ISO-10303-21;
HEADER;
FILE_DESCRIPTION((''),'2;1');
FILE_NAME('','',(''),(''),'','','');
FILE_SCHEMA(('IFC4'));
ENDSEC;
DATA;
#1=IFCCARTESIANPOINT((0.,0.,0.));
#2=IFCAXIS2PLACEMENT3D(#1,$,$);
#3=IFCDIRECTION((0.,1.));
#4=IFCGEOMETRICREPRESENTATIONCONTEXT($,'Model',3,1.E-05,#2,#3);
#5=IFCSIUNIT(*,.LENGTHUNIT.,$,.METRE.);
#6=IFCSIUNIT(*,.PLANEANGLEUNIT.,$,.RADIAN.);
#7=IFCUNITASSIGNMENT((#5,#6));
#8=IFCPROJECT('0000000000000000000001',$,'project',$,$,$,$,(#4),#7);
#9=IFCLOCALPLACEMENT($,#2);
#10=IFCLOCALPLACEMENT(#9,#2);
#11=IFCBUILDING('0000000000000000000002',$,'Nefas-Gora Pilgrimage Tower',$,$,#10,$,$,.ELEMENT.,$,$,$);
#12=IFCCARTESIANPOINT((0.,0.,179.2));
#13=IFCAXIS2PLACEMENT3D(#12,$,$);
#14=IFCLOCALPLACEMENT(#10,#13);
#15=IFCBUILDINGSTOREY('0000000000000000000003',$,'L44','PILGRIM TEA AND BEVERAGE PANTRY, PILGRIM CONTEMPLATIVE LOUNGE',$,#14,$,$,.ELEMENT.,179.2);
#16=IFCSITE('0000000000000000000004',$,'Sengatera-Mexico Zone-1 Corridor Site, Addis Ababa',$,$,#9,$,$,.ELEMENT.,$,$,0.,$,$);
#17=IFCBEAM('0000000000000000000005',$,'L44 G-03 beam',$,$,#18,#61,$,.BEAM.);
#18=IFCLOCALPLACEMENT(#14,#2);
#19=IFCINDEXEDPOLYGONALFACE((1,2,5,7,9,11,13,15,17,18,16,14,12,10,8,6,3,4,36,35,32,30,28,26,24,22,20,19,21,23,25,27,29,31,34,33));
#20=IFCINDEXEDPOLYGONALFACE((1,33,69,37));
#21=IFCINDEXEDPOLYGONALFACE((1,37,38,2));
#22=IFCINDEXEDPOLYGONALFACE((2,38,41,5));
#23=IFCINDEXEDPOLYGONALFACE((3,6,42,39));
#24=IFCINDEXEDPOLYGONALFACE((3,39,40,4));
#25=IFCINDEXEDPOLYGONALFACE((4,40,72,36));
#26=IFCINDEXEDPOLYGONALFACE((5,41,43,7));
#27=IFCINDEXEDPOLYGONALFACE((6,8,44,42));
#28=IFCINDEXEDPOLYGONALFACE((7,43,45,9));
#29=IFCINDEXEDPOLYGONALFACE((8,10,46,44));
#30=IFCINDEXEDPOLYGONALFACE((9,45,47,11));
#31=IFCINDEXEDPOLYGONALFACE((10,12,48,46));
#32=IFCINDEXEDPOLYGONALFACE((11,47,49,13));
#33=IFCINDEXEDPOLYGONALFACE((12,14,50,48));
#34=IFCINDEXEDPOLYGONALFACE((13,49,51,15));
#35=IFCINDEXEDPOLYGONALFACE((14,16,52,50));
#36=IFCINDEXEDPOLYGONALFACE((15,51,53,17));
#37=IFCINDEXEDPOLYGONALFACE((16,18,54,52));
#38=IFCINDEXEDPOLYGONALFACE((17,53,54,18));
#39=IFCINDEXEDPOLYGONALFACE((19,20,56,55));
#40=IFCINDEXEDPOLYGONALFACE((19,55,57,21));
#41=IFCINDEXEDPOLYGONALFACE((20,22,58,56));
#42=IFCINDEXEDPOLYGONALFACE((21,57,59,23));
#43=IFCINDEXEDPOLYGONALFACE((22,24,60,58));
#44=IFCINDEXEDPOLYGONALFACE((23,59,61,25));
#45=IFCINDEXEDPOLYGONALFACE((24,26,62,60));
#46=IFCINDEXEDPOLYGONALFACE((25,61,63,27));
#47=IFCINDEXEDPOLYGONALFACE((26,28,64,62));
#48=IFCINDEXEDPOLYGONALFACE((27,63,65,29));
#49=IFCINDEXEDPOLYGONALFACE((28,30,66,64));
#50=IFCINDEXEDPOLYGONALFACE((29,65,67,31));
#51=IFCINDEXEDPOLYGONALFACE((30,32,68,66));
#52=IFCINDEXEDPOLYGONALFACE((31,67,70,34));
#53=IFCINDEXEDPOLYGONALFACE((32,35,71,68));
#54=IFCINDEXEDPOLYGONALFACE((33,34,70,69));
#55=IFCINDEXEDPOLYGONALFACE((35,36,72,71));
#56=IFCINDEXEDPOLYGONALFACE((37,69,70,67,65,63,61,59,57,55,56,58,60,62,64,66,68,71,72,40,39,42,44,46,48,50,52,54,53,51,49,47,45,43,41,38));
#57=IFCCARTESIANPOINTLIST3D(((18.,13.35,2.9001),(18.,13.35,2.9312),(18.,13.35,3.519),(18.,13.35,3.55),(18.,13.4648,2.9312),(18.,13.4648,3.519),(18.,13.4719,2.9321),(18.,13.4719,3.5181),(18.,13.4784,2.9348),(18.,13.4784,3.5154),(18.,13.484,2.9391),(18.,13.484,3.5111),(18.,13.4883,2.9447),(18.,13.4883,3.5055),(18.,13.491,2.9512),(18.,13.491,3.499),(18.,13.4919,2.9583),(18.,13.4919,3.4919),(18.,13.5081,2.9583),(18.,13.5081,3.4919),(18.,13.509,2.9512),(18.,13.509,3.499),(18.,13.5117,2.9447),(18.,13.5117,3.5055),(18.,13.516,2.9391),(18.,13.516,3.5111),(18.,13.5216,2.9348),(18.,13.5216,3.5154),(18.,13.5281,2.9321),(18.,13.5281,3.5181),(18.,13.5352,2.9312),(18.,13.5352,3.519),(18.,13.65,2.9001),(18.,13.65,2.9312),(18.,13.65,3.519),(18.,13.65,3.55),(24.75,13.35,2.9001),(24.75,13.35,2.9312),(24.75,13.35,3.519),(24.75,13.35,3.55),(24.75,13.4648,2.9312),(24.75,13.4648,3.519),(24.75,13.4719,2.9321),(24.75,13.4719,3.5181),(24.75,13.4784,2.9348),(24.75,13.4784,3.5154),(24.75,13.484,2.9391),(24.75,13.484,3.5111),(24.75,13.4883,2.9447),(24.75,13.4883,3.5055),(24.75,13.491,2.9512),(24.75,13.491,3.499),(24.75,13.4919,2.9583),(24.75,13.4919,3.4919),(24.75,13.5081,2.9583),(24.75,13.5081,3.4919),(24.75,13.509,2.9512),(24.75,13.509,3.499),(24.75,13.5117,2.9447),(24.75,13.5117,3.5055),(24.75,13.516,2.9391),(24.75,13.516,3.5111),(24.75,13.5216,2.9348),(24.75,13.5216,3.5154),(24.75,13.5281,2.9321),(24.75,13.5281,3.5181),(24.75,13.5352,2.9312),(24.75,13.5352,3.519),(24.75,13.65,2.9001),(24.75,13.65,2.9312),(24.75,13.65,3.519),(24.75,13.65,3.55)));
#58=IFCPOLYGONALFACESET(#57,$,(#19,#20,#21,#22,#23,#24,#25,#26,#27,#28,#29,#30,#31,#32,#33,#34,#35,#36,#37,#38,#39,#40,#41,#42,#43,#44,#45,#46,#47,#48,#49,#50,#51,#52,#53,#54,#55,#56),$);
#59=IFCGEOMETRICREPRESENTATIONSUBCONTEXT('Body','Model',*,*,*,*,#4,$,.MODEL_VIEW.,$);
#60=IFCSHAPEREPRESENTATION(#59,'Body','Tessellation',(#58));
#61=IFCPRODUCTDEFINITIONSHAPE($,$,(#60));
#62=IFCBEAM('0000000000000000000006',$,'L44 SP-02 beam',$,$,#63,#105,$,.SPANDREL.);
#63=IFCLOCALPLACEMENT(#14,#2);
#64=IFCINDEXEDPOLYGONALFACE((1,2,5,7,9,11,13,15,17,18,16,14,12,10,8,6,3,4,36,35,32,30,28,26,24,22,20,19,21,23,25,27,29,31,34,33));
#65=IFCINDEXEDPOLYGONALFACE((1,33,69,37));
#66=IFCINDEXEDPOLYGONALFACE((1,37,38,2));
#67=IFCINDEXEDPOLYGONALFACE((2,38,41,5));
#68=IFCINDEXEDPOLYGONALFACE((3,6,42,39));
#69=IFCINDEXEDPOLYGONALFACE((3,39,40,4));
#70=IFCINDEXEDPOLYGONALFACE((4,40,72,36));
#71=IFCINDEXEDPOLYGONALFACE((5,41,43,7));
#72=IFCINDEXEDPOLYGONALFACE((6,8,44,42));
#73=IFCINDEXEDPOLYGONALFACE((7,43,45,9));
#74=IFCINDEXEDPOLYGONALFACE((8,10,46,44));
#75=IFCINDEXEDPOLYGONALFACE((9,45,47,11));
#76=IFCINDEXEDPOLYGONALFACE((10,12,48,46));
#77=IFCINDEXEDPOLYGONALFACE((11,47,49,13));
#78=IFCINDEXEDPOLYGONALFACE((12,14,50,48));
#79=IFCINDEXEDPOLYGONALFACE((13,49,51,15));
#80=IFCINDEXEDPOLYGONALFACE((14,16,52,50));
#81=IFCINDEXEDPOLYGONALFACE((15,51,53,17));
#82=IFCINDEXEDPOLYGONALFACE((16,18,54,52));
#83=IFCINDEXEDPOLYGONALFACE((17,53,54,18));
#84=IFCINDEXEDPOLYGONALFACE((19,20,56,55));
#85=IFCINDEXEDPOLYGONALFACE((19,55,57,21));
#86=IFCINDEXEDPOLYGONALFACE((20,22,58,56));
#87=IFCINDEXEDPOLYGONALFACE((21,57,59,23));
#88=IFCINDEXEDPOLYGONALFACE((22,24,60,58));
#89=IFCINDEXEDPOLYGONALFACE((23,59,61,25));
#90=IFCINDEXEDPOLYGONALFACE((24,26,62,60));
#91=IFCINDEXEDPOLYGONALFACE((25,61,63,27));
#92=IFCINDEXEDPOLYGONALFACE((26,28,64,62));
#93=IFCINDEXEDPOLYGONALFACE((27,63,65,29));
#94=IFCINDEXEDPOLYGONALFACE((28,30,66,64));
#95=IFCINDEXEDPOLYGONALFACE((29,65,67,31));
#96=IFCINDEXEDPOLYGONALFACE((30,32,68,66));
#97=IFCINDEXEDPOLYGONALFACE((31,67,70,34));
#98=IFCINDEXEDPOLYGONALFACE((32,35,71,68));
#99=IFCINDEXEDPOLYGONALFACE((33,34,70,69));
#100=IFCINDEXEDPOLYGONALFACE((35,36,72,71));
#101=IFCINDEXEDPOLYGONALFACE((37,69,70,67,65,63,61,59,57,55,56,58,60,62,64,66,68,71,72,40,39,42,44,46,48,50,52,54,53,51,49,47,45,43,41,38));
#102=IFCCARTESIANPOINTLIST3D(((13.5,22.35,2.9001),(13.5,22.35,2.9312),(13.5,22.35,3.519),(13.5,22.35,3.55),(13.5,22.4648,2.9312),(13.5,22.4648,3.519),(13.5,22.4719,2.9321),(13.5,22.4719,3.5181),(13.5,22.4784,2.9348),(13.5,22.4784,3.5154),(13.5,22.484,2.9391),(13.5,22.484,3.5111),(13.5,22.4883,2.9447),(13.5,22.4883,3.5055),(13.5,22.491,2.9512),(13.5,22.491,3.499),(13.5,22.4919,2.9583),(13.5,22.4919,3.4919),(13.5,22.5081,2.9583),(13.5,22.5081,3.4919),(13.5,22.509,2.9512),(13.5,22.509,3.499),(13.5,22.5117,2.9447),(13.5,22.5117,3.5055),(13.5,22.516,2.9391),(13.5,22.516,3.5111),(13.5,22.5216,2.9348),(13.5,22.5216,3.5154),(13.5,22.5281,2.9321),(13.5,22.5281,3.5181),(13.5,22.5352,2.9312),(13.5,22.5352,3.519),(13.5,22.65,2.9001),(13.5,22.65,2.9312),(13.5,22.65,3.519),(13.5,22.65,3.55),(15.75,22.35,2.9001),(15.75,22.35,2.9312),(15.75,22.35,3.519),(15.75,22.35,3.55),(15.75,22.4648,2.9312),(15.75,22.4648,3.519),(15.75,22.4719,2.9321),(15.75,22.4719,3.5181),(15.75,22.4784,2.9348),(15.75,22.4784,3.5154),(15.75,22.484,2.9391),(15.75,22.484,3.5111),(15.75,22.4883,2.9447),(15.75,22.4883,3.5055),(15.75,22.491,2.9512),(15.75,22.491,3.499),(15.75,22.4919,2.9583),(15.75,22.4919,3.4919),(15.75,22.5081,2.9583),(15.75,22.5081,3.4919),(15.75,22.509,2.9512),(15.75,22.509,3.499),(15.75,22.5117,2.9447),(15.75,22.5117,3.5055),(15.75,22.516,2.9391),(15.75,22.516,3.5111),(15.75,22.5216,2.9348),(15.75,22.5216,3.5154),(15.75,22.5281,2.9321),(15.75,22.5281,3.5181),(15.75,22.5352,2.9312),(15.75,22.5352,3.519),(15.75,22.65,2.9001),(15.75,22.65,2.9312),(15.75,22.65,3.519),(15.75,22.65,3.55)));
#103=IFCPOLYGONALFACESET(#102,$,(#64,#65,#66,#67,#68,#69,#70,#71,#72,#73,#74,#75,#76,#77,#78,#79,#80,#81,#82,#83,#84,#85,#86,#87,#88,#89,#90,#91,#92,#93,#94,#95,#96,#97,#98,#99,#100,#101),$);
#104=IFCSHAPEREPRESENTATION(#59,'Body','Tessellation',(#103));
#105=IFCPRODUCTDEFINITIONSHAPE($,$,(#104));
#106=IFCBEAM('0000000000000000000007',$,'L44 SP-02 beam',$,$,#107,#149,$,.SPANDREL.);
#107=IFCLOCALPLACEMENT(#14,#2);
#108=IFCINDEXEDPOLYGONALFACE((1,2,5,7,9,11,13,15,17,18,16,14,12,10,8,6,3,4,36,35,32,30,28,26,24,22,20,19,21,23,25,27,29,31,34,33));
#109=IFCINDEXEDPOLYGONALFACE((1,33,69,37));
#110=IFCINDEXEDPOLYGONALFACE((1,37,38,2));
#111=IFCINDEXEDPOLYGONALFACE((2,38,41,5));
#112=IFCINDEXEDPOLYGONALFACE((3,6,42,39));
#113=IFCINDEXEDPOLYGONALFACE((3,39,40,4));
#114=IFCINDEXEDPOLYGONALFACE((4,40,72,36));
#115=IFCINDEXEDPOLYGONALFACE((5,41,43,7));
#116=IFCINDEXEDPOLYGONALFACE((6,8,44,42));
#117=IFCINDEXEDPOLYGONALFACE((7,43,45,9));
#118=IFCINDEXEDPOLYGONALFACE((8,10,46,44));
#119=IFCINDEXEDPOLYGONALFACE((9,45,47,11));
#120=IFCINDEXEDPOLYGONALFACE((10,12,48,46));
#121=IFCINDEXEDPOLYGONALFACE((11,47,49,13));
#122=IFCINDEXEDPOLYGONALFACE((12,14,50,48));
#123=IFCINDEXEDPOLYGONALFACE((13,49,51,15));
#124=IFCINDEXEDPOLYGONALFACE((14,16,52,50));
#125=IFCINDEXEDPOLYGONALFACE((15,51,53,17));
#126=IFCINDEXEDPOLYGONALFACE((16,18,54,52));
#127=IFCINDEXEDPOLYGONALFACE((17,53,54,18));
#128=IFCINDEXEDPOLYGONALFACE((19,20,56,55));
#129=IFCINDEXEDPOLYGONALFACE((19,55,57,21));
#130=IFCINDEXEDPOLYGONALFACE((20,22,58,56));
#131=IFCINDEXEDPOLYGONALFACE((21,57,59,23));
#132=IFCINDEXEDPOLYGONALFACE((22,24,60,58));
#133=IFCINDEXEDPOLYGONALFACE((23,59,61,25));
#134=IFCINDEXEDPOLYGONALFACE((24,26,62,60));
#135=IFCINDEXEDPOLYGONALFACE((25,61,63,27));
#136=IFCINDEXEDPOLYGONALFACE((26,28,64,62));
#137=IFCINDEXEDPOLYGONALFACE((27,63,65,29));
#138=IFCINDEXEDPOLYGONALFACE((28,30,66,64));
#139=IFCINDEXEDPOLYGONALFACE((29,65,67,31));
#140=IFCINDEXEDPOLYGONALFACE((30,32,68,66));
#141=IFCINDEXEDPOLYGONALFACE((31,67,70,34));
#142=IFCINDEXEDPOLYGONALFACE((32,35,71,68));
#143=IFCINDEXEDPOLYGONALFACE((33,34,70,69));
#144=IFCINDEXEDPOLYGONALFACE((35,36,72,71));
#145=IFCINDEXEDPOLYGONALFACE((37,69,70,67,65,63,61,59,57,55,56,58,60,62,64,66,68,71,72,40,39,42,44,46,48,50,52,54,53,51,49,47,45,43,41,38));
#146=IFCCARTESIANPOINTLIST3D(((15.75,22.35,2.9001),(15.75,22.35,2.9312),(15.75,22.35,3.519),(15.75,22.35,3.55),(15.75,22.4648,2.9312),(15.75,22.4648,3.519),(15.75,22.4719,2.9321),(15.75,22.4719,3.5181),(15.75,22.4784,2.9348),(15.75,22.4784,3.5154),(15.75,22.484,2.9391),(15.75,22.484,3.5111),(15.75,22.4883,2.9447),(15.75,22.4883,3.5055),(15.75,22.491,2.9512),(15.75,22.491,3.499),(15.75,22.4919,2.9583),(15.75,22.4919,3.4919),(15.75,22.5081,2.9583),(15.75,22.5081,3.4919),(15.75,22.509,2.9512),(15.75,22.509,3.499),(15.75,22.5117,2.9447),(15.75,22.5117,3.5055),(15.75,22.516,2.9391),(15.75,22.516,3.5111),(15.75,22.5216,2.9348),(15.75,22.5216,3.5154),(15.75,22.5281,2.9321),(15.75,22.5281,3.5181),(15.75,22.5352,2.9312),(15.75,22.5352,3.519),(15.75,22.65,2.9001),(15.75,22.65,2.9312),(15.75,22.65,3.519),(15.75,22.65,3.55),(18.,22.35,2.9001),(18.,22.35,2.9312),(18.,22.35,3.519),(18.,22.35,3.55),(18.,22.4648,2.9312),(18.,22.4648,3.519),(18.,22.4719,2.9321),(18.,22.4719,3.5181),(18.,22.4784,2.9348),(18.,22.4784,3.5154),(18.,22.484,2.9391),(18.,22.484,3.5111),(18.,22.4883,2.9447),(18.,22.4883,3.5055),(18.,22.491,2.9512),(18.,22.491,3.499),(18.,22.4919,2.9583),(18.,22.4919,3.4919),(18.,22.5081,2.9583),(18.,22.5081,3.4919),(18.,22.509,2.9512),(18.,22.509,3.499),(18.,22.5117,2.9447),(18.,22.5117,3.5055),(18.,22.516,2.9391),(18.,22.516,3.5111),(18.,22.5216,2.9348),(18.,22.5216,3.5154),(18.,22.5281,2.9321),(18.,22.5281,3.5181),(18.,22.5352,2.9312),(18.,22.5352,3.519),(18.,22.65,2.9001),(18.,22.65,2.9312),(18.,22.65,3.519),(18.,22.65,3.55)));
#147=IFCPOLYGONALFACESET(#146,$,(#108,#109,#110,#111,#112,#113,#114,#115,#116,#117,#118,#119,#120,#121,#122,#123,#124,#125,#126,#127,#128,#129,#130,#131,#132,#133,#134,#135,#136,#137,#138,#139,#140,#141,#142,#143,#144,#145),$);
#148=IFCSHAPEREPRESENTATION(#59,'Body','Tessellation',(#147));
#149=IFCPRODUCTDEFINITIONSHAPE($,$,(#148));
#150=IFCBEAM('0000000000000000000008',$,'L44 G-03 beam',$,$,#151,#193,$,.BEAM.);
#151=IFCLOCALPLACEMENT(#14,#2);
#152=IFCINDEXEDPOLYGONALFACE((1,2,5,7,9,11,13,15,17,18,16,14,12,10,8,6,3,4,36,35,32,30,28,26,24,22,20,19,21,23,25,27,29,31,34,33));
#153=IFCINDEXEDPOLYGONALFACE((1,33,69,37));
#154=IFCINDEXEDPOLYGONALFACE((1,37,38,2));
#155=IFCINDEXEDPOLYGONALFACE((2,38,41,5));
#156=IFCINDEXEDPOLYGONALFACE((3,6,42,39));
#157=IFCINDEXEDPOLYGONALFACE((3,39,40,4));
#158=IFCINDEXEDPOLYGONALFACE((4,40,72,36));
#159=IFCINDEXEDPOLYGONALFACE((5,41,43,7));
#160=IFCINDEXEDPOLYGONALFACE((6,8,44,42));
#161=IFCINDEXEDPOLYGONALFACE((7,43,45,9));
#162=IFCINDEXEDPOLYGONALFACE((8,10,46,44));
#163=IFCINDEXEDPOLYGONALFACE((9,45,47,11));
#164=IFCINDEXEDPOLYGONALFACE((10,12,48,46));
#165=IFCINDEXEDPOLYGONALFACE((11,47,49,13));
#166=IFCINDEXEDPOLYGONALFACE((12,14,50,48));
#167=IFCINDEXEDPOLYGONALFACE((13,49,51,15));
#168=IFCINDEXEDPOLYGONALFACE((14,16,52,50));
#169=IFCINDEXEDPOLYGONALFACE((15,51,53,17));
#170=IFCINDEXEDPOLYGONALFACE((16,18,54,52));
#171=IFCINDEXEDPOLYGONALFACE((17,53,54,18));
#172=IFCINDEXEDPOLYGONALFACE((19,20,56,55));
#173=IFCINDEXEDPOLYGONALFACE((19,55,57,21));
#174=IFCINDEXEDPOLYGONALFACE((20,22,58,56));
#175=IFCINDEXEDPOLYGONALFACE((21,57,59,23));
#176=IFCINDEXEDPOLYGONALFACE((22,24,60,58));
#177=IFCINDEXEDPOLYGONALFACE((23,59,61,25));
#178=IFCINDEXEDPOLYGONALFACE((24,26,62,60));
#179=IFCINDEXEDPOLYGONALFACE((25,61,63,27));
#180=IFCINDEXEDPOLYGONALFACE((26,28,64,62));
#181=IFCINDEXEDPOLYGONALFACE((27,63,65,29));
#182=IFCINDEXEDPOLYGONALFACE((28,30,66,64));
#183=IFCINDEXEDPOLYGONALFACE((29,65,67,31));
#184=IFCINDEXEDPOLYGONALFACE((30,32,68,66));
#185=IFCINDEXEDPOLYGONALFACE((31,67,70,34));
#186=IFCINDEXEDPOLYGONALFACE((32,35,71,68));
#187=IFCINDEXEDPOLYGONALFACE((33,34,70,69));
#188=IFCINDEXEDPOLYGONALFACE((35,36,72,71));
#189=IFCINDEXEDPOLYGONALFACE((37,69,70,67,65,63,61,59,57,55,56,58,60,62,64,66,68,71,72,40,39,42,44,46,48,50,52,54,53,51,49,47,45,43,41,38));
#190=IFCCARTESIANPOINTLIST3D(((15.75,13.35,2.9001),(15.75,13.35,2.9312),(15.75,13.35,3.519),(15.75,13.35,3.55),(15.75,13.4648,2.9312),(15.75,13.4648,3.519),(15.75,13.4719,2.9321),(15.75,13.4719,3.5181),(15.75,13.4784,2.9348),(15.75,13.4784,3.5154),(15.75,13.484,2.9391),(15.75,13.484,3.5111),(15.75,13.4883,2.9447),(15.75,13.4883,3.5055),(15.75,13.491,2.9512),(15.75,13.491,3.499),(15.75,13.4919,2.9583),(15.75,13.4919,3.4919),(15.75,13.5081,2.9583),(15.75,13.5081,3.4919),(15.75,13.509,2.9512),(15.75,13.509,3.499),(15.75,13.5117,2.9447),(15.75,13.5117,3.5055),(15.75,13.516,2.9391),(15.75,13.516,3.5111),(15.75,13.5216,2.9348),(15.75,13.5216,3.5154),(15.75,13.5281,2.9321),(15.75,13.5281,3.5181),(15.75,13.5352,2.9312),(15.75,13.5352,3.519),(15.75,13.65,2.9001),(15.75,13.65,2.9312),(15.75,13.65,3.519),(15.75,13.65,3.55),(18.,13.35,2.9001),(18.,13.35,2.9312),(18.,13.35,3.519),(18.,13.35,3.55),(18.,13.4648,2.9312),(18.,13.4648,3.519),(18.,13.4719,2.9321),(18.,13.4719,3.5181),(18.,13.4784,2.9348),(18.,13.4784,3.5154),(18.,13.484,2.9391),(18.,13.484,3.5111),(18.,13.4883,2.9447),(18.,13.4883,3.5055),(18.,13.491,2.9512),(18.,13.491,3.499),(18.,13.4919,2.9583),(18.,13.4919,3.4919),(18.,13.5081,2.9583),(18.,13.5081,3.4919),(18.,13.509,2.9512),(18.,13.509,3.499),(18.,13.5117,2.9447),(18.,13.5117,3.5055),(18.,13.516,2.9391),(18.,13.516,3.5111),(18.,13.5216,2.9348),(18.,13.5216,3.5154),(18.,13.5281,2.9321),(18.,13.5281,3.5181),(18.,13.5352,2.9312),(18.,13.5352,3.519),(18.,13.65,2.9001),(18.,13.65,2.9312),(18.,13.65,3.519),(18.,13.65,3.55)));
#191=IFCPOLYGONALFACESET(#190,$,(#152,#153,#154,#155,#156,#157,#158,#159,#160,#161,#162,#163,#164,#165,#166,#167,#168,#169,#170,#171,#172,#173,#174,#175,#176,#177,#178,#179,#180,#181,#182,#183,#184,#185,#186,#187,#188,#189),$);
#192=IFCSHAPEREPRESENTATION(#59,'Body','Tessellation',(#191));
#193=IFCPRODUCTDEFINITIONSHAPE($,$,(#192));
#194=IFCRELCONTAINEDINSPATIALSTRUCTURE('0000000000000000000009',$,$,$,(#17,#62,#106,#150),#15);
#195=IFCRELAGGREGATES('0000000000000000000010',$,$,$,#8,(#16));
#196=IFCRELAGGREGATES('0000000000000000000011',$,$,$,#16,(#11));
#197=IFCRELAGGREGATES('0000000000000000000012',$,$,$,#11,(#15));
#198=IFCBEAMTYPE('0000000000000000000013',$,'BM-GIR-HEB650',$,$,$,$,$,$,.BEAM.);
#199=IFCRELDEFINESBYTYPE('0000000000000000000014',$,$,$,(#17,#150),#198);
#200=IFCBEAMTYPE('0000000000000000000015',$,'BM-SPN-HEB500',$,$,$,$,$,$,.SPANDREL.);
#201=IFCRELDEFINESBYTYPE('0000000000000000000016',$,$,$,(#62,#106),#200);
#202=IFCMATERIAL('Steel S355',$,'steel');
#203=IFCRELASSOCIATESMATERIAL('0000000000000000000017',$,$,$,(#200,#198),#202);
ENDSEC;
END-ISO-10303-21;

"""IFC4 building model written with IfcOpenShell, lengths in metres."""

from ifc_helpers import new_model, si_unit, direction, frame, origin, origin_2d, place, context, subcontext, project, spatial, i_section, extrude, source, transform, mapped, material, material_profile, profile_set, type_object, element, save


model = new_model("IFC4")

# Units and contexts
model_context = context("Model", 3, precision=1e-05, world=origin(), true_north=direction((0.0, 1.0)))
body_context = subcontext(model_context, "Body", "Model", "MODEL_VIEW")
ifc_project = project(units=[si_unit("LENGTHUNIT", "METRE"), si_unit("PLANEANGLEUNIT", "RADIAN")], contexts=[model_context])

# Site, building, storey
site_placement = place(None, origin())
site = spatial("IfcSite", under=ifc_project, at=site_placement, Name="Sengatera-Mexico Zone-1 Corridor Site, Addis Ababa", CompositionType="ELEMENT", RefElevation=0.0)
building_placement = place(site_placement, origin())
building = spatial("IfcBuilding", under=site, at=building_placement, Name="Nefas-Gora Pilgrimage Tower", CompositionType="ELEMENT")
storey_placement = place(building_placement, frame((0.0, 0.0, 179.2)))
storey = spatial("IfcBuildingStorey", under=building, at=storey_placement, Name="L44", Description="PILGRIM TEA AND BEVERAGE PANTRY, PILGRIM CONTEMPLATIVE LOUNGE", CompositionType="ELEMENT", Elevation=179.2)

# Beams
ifc_material_1 = material(Name="Steel S355", Category="steel")
ifc_material_profile_1 = material_profile(ifc_material_1, i_section(OverallWidth=0.3, OverallDepth=0.6499, WebThickness=0.0161, FlangeThickness=0.031, FilletRadius=0.0271, at=origin_2d()), Name="HEB 650")
ifc_profile_set_1 = profile_set([ifc_material_profile_1], Name="Steel S355")
beam_type_1 = type_object("IfcBeamType", Name="BM-SPN-HEB500", PredefinedType="SPANDREL", material=ifc_profile_set_1)
ifc_material_profile_2 = material_profile(ifc_material_1, i_section(OverallWidth=0.3, OverallDepth=0.6499, WebThickness=0.0161, FlangeThickness=0.031, FilletRadius=0.0271, at=origin_2d()), Name="HEB 650")
ifc_profile_set_2 = profile_set([ifc_material_profile_2], Name="Steel S355")
beam_type_2 = type_object("IfcBeamType", Name="BM-GIR-HEB650", PredefinedType="BEAM", material=ifc_profile_set_2)
shared_shape_1 = source(origin(), body_context, "Body", "SweptSolid", [
    extrude(i_section(OverallWidth=0.3, OverallDepth=0.6499, WebThickness=0.0161, FlangeThickness=0.031, FilletRadius=0.0271, at=origin_2d()), origin(), (0.0, 0.0, 1.0), 6.75),
])
for number, where, z_axis, x_axis, name in (
    (1, (18.0, 13.5, 3.2251), (1.0, 0.0, 0.0), (0.0, 1.0, 0.0), "L44 G-03 beam"),
):
    element("IfcBeam", number, at=place(storey_placement, frame(where, z_axis=z_axis, x_axis=x_axis)), inside=storey, type_object=beam_type_2, Name=name, PredefinedType="BEAM", context=body_context, shape_type="MappedRepresentation", body=[
        mapped(shared_shape_1, transform((0.0, 0.0, 0.0), x_axis=(1.0, 0.0, 0.0), y_axis=(0.0, 1.0, 0.0), z_axis=(0.0, 0.0, 1.0), scale=1.0)),
    ])
shared_shape_2 = source(origin(), body_context, "Body", "SweptSolid", [
    extrude(i_section(OverallWidth=0.3, OverallDepth=0.6499, WebThickness=0.0161, FlangeThickness=0.031, FilletRadius=0.0271, at=origin_2d()), origin(), (0.0, 0.0, 1.0), 2.25),
])
for number, where, z_axis, x_axis, name in (
    (2, (13.5, 22.5, 3.2251), (1.0, 0.0, 0.0), (0.0, 1.0, 0.0), "L44 SP-02 beam"),
    (3, (15.75, 22.5, 3.2251), (1.0, 0.0, 0.0), (0.0, 1.0, 0.0), "L44 SP-02 beam"),
):
    element("IfcBeam", number, at=place(storey_placement, frame(where, z_axis=z_axis, x_axis=x_axis)), inside=storey, type_object=beam_type_1, Name=name, PredefinedType="SPANDREL", context=body_context, shape_type="MappedRepresentation", body=[
        mapped(shared_shape_2, transform((0.0, 0.0, 0.0), x_axis=(1.0, 0.0, 0.0), y_axis=(0.0, 1.0, 0.0), z_axis=(0.0, 0.0, 1.0), scale=1.0)),
    ])
shared_shape_3 = source(origin(), body_context, "Body", "SweptSolid", [
    extrude(i_section(OverallWidth=0.3, OverallDepth=0.6499, WebThickness=0.0161, FlangeThickness=0.031, FilletRadius=0.0271, at=origin_2d()), origin(), (0.0, 0.0, 1.0), 2.25),
])
beam_1_placement = place(storey_placement, frame((15.75, 13.5, 3.2251), z_axis=(1.0, 0.0, 0.0), x_axis=(0.0, 1.0, 0.0)))
element("IfcBeam", 4, at=beam_1_placement, inside=storey, type_object=beam_type_2, Name="L44 G-03 beam", PredefinedType="BEAM", context=body_context, shape_type="MappedRepresentation", body=[
    mapped(shared_shape_3, transform((0.0, 0.0, 0.0), x_axis=(1.0, 0.0, 0.0), y_axis=(0.0, 1.0, 0.0), z_axis=(0.0, 0.0, 1.0), scale=1.0)),
])

save(model, "model.ifc")
